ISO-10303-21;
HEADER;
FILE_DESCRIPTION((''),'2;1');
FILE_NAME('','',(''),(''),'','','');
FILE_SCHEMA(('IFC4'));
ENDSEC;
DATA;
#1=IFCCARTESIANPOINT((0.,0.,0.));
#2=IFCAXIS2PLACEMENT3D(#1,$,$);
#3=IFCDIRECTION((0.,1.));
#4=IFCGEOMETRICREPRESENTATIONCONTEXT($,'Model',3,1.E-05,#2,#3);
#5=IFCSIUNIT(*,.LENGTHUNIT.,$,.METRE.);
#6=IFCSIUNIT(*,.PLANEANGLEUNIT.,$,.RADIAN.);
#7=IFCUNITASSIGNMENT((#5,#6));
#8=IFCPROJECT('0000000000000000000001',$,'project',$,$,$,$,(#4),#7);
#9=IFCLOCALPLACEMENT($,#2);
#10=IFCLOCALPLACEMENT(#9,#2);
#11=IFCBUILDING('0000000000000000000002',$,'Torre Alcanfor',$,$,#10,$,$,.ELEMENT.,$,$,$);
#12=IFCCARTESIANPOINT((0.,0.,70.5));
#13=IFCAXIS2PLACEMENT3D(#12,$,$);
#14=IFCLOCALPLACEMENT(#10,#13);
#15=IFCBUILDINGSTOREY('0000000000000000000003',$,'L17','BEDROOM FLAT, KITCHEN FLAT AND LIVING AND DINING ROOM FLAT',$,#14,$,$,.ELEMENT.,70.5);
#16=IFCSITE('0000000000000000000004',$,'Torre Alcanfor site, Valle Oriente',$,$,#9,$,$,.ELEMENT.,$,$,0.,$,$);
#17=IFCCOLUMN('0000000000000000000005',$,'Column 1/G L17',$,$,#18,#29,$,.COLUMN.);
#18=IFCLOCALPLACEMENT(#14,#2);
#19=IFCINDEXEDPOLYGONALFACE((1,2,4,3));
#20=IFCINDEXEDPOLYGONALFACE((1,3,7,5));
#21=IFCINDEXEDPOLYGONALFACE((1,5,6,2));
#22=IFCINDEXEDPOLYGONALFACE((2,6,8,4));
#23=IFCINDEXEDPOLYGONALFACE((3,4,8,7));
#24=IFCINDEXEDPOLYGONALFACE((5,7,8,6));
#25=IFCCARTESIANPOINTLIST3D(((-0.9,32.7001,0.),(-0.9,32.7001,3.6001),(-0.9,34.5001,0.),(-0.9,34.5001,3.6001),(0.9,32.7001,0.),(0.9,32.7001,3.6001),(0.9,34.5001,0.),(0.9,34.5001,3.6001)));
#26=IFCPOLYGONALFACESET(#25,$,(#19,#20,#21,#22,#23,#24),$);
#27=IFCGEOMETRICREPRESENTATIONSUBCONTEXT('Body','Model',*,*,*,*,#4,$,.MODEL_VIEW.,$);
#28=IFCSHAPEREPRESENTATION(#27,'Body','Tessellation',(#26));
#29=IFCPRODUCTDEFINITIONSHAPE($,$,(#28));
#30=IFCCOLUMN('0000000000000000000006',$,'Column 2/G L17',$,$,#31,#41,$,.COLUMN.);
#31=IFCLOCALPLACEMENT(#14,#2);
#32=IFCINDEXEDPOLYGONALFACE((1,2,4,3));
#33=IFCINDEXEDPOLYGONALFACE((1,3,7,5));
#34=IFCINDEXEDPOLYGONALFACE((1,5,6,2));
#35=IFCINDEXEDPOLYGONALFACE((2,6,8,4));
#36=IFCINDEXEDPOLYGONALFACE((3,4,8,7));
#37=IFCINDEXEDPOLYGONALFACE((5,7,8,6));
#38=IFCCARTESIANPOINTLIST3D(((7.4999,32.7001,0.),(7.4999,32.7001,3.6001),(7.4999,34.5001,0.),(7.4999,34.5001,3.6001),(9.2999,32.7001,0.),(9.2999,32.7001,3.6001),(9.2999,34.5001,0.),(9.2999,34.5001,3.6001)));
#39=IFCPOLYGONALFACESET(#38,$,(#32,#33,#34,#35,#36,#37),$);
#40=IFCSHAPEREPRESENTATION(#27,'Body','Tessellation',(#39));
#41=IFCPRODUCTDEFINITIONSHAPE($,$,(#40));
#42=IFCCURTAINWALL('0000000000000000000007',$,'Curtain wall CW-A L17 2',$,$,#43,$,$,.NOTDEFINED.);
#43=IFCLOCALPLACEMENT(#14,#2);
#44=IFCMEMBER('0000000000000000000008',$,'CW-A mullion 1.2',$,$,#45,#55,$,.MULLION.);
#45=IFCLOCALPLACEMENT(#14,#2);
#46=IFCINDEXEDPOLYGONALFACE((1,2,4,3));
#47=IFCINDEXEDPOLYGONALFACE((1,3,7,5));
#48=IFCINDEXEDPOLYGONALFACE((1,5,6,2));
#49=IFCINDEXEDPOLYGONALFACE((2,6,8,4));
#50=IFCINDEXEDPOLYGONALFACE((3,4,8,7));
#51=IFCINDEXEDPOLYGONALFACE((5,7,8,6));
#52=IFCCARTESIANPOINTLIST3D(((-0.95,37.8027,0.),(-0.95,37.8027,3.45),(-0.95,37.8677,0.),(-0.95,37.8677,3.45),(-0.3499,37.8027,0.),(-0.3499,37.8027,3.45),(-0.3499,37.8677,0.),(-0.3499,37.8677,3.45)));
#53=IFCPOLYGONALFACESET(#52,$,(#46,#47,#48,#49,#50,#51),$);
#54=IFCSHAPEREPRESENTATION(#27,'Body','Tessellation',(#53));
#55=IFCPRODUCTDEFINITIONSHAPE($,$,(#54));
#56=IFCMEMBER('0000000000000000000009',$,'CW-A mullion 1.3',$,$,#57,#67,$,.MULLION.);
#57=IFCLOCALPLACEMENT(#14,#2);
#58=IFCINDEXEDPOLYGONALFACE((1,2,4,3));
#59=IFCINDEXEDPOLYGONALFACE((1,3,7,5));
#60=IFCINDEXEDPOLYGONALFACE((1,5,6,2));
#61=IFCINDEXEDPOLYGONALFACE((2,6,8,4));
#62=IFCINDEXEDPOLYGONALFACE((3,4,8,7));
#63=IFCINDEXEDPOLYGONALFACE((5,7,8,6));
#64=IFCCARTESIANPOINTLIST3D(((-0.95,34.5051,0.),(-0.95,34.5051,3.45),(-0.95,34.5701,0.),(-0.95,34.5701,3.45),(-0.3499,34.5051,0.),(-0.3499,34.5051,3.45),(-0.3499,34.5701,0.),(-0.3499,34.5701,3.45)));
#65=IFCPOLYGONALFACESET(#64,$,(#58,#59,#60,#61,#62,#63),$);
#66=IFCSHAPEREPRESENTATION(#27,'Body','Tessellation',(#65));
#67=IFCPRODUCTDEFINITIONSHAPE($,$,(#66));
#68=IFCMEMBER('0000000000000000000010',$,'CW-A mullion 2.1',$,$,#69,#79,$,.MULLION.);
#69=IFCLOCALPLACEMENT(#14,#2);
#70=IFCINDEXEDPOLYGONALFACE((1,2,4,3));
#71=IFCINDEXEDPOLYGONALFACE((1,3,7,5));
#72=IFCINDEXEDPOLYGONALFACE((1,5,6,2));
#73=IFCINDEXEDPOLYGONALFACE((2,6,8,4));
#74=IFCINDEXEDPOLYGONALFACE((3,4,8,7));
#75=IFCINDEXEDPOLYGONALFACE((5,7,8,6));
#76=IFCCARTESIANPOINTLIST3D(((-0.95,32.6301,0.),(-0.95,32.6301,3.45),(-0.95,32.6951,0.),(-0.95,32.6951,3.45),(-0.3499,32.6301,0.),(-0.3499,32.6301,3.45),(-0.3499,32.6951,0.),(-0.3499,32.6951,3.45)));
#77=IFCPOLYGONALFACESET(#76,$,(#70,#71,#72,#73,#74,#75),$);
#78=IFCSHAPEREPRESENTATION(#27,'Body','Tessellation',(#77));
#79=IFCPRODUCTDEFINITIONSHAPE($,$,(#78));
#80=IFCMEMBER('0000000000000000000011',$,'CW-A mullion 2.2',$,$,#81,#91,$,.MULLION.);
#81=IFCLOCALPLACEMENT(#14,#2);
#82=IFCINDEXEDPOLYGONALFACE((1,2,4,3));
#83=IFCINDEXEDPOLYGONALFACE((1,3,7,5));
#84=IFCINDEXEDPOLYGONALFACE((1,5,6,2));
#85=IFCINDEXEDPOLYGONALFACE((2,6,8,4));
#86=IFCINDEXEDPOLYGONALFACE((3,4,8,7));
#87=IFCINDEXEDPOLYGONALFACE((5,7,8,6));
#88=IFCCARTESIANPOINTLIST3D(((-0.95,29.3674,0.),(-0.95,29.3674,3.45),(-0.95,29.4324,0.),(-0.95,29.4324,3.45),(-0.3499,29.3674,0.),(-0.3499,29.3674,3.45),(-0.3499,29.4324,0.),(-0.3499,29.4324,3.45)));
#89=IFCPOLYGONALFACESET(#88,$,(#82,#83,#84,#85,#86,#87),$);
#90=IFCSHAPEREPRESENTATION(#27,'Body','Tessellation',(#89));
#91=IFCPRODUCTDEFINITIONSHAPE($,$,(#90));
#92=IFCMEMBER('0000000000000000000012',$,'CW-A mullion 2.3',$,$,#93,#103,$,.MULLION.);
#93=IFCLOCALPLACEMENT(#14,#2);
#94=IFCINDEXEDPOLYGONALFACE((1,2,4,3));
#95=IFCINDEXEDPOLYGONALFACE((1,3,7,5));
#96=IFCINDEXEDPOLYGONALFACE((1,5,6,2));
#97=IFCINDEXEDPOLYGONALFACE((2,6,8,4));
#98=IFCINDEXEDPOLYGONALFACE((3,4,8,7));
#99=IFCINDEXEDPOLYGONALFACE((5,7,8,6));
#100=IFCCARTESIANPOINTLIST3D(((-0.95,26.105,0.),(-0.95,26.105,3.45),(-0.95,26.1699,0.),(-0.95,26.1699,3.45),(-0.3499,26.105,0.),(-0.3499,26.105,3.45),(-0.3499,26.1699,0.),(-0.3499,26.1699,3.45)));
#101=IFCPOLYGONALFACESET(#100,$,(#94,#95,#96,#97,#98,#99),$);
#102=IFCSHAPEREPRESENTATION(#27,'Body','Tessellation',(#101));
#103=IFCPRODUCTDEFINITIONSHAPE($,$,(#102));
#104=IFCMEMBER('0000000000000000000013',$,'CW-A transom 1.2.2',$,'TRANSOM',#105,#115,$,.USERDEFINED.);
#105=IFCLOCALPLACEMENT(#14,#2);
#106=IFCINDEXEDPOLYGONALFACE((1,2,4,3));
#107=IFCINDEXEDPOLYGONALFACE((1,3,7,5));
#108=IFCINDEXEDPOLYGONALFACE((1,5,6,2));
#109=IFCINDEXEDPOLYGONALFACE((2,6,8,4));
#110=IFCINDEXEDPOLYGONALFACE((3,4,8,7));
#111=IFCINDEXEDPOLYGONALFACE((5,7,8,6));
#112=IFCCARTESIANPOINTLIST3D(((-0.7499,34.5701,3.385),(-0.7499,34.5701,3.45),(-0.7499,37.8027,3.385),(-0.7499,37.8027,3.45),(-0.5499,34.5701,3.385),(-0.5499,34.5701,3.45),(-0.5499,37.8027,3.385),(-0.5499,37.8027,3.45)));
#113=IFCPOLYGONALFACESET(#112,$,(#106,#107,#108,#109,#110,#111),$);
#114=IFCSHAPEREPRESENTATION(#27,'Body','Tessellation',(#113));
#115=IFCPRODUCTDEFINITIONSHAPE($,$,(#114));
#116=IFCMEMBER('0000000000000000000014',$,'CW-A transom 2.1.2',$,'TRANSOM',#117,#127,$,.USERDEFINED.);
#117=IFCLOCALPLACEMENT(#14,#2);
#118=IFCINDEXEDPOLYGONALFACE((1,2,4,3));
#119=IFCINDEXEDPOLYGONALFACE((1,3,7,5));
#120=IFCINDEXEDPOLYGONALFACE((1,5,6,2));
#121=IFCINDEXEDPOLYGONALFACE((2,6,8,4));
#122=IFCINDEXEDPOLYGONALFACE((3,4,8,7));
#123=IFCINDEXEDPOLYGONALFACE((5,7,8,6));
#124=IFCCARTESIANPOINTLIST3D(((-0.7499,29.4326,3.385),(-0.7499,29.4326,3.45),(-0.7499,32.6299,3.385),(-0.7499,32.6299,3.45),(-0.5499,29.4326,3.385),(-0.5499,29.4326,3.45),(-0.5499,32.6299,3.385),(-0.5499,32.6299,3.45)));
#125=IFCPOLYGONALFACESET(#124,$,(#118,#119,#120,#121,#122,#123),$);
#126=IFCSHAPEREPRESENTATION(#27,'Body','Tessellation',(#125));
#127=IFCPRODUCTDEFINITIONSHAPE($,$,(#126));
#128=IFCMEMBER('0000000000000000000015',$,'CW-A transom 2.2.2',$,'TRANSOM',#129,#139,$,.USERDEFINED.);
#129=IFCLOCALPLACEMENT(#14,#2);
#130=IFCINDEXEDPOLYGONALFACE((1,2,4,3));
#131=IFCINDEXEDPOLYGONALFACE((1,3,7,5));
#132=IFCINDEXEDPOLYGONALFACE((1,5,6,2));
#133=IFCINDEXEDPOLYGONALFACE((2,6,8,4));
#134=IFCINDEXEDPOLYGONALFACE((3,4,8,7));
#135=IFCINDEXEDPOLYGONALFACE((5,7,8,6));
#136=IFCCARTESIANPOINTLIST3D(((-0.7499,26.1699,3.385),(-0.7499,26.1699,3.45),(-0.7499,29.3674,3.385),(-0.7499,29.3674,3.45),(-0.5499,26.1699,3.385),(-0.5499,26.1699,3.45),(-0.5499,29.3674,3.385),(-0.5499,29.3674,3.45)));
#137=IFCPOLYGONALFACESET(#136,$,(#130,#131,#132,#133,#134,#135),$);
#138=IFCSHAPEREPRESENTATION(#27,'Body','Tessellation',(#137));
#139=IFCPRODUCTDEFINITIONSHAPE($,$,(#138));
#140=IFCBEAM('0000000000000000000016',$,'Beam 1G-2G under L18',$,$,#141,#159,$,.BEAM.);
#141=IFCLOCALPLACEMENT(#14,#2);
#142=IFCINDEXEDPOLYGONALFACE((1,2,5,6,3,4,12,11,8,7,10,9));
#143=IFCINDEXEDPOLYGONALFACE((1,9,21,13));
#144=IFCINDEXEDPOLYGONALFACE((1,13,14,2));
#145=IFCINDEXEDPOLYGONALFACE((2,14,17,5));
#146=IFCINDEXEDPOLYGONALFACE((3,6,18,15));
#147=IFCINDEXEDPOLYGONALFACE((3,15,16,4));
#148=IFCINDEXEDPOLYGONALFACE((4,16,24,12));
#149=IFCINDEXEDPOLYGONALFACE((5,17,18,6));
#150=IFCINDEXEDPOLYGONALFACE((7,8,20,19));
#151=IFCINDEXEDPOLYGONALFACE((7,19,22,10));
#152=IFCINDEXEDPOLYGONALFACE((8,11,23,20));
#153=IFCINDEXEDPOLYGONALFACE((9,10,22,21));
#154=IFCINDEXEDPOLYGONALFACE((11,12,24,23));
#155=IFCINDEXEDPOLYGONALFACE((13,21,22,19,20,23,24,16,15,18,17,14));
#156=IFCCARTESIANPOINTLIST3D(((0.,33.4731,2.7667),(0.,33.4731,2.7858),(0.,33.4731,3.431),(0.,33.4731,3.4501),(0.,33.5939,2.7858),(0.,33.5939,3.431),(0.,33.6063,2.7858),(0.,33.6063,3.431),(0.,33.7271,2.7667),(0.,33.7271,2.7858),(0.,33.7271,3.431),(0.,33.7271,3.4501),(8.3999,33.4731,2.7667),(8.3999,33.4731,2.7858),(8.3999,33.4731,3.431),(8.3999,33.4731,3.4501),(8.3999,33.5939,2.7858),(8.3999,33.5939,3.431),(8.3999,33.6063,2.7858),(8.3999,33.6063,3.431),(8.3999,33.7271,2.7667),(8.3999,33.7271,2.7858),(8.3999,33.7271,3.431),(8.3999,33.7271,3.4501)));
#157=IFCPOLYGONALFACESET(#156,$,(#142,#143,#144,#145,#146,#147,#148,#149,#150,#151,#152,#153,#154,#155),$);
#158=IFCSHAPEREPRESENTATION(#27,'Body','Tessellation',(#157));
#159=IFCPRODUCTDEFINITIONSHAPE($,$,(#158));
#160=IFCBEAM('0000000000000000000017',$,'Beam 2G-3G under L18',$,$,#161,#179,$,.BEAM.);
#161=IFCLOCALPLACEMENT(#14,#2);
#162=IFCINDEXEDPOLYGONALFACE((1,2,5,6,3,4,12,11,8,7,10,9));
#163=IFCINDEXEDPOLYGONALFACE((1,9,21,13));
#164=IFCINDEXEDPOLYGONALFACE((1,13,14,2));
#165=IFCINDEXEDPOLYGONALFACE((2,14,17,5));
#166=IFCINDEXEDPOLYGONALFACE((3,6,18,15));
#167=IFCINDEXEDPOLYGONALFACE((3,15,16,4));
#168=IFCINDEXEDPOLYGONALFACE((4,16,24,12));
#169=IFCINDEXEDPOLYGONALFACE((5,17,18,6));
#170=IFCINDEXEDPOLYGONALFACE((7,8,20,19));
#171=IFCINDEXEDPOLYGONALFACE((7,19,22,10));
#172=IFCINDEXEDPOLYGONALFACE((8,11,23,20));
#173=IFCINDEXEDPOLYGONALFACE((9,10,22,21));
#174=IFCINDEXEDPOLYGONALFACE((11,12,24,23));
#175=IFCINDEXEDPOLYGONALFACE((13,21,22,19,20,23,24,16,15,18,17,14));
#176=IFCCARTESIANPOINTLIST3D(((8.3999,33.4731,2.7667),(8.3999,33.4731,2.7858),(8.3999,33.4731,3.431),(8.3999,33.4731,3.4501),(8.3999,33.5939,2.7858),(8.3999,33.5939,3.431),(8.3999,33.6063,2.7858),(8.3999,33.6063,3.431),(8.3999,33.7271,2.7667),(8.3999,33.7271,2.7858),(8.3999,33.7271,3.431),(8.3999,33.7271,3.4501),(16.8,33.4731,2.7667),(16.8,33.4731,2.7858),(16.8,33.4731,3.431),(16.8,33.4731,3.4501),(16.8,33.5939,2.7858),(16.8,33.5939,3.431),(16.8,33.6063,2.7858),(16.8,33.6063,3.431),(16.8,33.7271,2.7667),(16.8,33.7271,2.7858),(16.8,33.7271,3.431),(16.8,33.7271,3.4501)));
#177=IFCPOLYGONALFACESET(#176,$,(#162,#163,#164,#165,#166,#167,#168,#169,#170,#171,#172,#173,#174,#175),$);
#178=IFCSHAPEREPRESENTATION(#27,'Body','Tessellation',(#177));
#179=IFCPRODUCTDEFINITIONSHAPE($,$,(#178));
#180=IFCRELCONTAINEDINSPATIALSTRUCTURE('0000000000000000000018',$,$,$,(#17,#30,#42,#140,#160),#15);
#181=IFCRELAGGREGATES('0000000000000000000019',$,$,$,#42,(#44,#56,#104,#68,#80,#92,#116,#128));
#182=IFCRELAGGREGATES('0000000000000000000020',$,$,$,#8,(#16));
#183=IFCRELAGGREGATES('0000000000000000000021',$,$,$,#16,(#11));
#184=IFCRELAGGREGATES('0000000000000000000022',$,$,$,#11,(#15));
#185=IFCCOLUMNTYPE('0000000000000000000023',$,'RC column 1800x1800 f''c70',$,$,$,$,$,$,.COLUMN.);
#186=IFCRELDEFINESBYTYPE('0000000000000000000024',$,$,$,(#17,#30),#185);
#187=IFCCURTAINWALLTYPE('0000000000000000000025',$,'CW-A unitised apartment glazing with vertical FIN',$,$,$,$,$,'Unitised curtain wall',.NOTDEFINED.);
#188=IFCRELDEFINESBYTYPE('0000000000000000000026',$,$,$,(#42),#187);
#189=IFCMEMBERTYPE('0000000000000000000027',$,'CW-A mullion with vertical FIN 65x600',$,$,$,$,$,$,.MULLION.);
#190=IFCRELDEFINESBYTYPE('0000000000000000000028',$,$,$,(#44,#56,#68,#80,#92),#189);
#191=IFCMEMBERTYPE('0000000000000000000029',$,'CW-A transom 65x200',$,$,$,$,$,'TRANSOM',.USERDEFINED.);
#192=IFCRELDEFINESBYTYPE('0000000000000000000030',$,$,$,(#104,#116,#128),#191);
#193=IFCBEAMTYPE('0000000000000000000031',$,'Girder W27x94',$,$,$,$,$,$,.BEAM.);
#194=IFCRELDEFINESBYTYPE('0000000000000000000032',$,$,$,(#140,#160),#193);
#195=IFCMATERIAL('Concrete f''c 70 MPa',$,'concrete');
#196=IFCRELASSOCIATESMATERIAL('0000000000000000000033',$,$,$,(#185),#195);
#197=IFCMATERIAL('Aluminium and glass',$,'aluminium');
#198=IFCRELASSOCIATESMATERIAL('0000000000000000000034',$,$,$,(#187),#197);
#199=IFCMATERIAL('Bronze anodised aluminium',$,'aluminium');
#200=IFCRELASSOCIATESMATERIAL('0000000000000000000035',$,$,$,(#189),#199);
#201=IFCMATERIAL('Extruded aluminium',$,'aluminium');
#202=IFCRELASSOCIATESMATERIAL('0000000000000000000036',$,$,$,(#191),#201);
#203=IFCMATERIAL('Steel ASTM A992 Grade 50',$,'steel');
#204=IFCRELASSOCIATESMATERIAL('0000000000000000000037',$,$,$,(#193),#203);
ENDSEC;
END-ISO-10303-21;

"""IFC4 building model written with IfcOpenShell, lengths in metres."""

from ifc_helpers import new_model, si_unit, direction, frame, origin, origin_2d, place, context, subcontext, project, spatial, rectangle, i_section, extrude, material, material_profile, profile_set, type_object, element, aggregate, save


model = new_model("IFC4")

# Units and contexts
model_context = context("Model", 3, precision=1e-05, world=origin(), true_north=direction((0.0, 1.0)))
body_context = subcontext(model_context, "Body", "Model", "MODEL_VIEW")
ifc_project = project(units=[si_unit("LENGTHUNIT", "METRE"), si_unit("PLANEANGLEUNIT", "RADIAN")], contexts=[model_context])

# Site, building, storey
site_placement = place(None, origin())
site = spatial("IfcSite", under=ifc_project, at=site_placement, Name="Torre Alcanfor site, Valle Oriente", CompositionType="ELEMENT", RefElevation=0.0)
building_placement = place(site_placement, origin())
building = spatial("IfcBuilding", under=site, at=building_placement, Name="Torre Alcanfor", CompositionType="ELEMENT")
storey_placement = place(building_placement, frame((0.0, 0.0, 70.5)))
storey = spatial("IfcBuildingStorey", under=building, at=storey_placement, Name="L17", Description="BEDROOM FLAT, KITCHEN FLAT AND LIVING AND DINING ROOM FLAT", CompositionType="ELEMENT", Elevation=70.5)

# Columns
ifc_material_1 = material(Name="Concrete f'c 70 MPa", Category="concrete")
ifc_material_profile_1 = material_profile(ifc_material_1, rectangle(XDim=1.8, YDim=1.8, at=origin_2d()), Name="1800x1800")
ifc_profile_set_1 = profile_set([ifc_material_profile_1], Name="Concrete f'c 70 MPa")
column_type = type_object("IfcColumnType", Name="RC column 1800x1800 f'c70", PredefinedType="COLUMN", material=ifc_profile_set_1)
for number, where, z_axis, x_axis, name in (
    (1, (0.0, 33.6001, 0.0), (0.0, 0.0, 1.0), (1.0, 0.0, 0.0), "Column 1/G L17"),
    (2, (8.3999, 33.6001, 0.0), (0.0, 0.0, 1.0), (1.0, 0.0, 0.0), "Column 2/G L17"),
):
    element("IfcColumn", number, at=place(storey_placement, frame(where, z_axis=z_axis, x_axis=x_axis)), inside=storey, type_object=column_type, Name=name, PredefinedType="COLUMN", context=body_context, shape_type="SweptSolid", body=[
        extrude(rectangle(XDim=1.8, YDim=1.8, at=origin_2d()), origin(), (0.0, 0.0, 1.0), 3.6001),
    ])

# Curtain wall, members
ifc_material_2 = material(Name="Aluminium and glass", Category="aluminium")
curtain_wall_type = type_object("IfcCurtainWallType", Name="CW-A unitised apartment glazing with vertical FIN", ElementType="Unitised curtain wall", PredefinedType="NOTDEFINED", material=ifc_material_2)
curtain_wall_placement = place(storey_placement, origin())
curtain_wall = element("IfcCurtainWall", 3, at=curtain_wall_placement, inside=storey, type_object=curtain_wall_type, Name="Curtain wall CW-A L17 2", PredefinedType="NOTDEFINED")
ifc_material_3 = material(Name="Bronze anodised aluminium", Category="aluminium")
ifc_material_profile_2 = material_profile(ifc_material_3, rectangle(XDim=0.6001, YDim=0.0649, at=origin_2d()), Name="CW-A mullion 65x600")
ifc_profile_set_2 = profile_set([ifc_material_profile_2], Name="Bronze anodised aluminium")
member_type_1 = type_object("IfcMemberType", Name="CW-A mullion with vertical FIN 65x600", PredefinedType="MULLION", material=ifc_profile_set_2)
member_1_placement = place(storey_placement, frame((-0.6499, 37.8352, 0.0), z_axis=(0.0, 0.0, 1.0), x_axis=(1.0, 0.0, 0.0)))
member_1 = element("IfcMember", 4, at=member_1_placement, type_object=member_type_1, Name="CW-A mullion 1.2", PredefinedType="MULLION", context=body_context, shape_type="SweptSolid", body=[
    extrude(rectangle(XDim=0.6001, YDim=0.0649, at=origin_2d()), origin(), (0.0, 0.0, 1.0), 3.45),
])
member_2_placement = place(storey_placement, frame((-0.6499, 34.5376, 0.0), z_axis=(0.0, 0.0, 1.0), x_axis=(1.0, 0.0, 0.0)))
member_2 = element("IfcMember", 5, at=member_2_placement, type_object=member_type_1, Name="CW-A mullion 1.3", PredefinedType="MULLION", context=body_context, shape_type="SweptSolid", body=[
    extrude(rectangle(XDim=0.6001, YDim=0.0649, at=origin_2d()), origin(), (0.0, 0.0, 1.0), 3.45),
])
member_3_placement = place(storey_placement, frame((-0.6499, 32.6626, 0.0), z_axis=(0.0, 0.0, 1.0), x_axis=(1.0, 0.0, 0.0)))
member_3 = element("IfcMember", 6, at=member_3_placement, type_object=member_type_1, Name="CW-A mullion 2.1", PredefinedType="MULLION", context=body_context, shape_type="SweptSolid", body=[
    extrude(rectangle(XDim=0.6001, YDim=0.0649, at=origin_2d()), origin(), (0.0, 0.0, 1.0), 3.45),
])
member_4_placement = place(storey_placement, frame((-0.6499, 29.3999, 0.0), z_axis=(0.0, 0.0, 1.0), x_axis=(1.0, 0.0, 0.0)))
member_4 = element("IfcMember", 7, at=member_4_placement, type_object=member_type_1, Name="CW-A mullion 2.2", PredefinedType="MULLION", context=body_context, shape_type="SweptSolid", body=[
    extrude(rectangle(XDim=0.6001, YDim=0.0649, at=origin_2d()), origin(), (0.0, 0.0, 1.0), 3.45),
])
member_5_placement = place(storey_placement, frame((-0.6499, 26.1375, 0.0), z_axis=(0.0, 0.0, 1.0), x_axis=(1.0, 0.0, 0.0)))
member_5 = element("IfcMember", 8, at=member_5_placement, type_object=member_type_1, Name="CW-A mullion 2.3", PredefinedType="MULLION", context=body_context, shape_type="SweptSolid", body=[
    extrude(rectangle(XDim=0.6001, YDim=0.0649, at=origin_2d()), origin(), (0.0, 0.0, 1.0), 3.45),
])
ifc_material_4 = material(Name="Extruded aluminium", Category="aluminium")
ifc_material_profile_3 = material_profile(ifc_material_4, rectangle(XDim=0.2, YDim=0.0649, at=origin_2d()), Name="CW-A transom 200x65")
ifc_profile_set_3 = profile_set([ifc_material_profile_3], Name="Extruded aluminium")
member_type_2 = type_object("IfcMemberType", Name="CW-A transom 65x200", ElementType="TRANSOM", PredefinedType="USERDEFINED", material=ifc_profile_set_3)
member_6_placement = place(storey_placement, frame((-0.6499, 37.8027, 3.4175), z_axis=(0.0, -1.0, 0.0), x_axis=(1.0, 0.0, 0.0)))
member_6 = element("IfcMember", 9, at=member_6_placement, type_object=member_type_2, Name="CW-A transom 1.2.2", ObjectType="TRANSOM", PredefinedType="USERDEFINED", context=body_context, shape_type="SweptSolid", body=[
    extrude(rectangle(XDim=0.2, YDim=0.0649, at=origin_2d()), origin(), (0.0, 0.0, 1.0), 3.2327),
])
member_7_placement = place(storey_placement, frame((-0.6499, 32.6299, 3.4175), z_axis=(0.0, -1.0, 0.0), x_axis=(1.0, 0.0, 0.0)))
member_7 = element("IfcMember", 10, at=member_7_placement, type_object=member_type_2, Name="CW-A transom 2.1.2", ObjectType="TRANSOM", PredefinedType="USERDEFINED", context=body_context, shape_type="SweptSolid", body=[
    extrude(rectangle(XDim=0.2, YDim=0.0649, at=origin_2d()), origin(), (0.0, 0.0, 1.0), 3.1973),
])
member_8_placement = place(storey_placement, frame((-0.6499, 29.3674, 3.4175), z_axis=(0.0, -1.0, 0.0), x_axis=(1.0, 0.0, 0.0)))
member_8 = element("IfcMember", 11, at=member_8_placement, type_object=member_type_2, Name="CW-A transom 2.2.2", ObjectType="TRANSOM", PredefinedType="USERDEFINED", context=body_context, shape_type="SweptSolid", body=[
    extrude(rectangle(XDim=0.2, YDim=0.0649, at=origin_2d()), origin(), (0.0, 0.0, 1.0), 3.1975),
])

# Beams
ifc_material_5 = material(Name="Steel ASTM A992 Grade 50", Category="steel")
ifc_material_profile_4 = material_profile(ifc_material_5, i_section(OverallWidth=0.2539, OverallDepth=0.6833, WebThickness=0.0125, FlangeThickness=0.019, at=origin_2d()), Name="W27x94")
ifc_profile_set_4 = profile_set([ifc_material_profile_4], Name="Steel ASTM A992 Grade 50")
beam_type_1 = type_object("IfcBeamType", Name="Girder W27x94", PredefinedType="BEAM", material=ifc_profile_set_4)
beam_1_placement = place(storey_placement, frame((0.0, 33.6001, 3.1084), z_axis=(1.0, 0.0, 0.0), x_axis=(0.0, 1.0, 0.0)))
element("IfcBeam", 12, at=beam_1_placement, inside=storey, type_object=beam_type_1, Name="Beam 1G-2G under L18", PredefinedType="BEAM", context=body_context, shape_type="SweptSolid", body=[
    extrude(i_section(OverallWidth=0.2539, OverallDepth=0.6833, WebThickness=0.0125, FlangeThickness=0.019, at=origin_2d()), origin(), (0.0, 0.0, 1.0), 8.3999),
])
beam_2_placement = place(storey_placement, frame((8.3999, 33.6001, 3.1084), z_axis=(1.0, 0.0, 0.0), x_axis=(0.0, 1.0, 0.0)))
element("IfcBeam", 13, at=beam_2_placement, inside=storey, type_object=beam_type_1, Name="Beam 2G-3G under L18", PredefinedType="BEAM", context=body_context, shape_type="SweptSolid", body=[
    extrude(i_section(OverallWidth=0.2539, OverallDepth=0.6833, WebThickness=0.0125, FlangeThickness=0.019, at=origin_2d()), origin(), (0.0, 0.0, 1.0), 8.4001),
])

aggregate(curtain_wall, [member_1, member_2, member_6, member_3, member_4, member_5, member_7, member_8])

save(model, "model.ifc")
